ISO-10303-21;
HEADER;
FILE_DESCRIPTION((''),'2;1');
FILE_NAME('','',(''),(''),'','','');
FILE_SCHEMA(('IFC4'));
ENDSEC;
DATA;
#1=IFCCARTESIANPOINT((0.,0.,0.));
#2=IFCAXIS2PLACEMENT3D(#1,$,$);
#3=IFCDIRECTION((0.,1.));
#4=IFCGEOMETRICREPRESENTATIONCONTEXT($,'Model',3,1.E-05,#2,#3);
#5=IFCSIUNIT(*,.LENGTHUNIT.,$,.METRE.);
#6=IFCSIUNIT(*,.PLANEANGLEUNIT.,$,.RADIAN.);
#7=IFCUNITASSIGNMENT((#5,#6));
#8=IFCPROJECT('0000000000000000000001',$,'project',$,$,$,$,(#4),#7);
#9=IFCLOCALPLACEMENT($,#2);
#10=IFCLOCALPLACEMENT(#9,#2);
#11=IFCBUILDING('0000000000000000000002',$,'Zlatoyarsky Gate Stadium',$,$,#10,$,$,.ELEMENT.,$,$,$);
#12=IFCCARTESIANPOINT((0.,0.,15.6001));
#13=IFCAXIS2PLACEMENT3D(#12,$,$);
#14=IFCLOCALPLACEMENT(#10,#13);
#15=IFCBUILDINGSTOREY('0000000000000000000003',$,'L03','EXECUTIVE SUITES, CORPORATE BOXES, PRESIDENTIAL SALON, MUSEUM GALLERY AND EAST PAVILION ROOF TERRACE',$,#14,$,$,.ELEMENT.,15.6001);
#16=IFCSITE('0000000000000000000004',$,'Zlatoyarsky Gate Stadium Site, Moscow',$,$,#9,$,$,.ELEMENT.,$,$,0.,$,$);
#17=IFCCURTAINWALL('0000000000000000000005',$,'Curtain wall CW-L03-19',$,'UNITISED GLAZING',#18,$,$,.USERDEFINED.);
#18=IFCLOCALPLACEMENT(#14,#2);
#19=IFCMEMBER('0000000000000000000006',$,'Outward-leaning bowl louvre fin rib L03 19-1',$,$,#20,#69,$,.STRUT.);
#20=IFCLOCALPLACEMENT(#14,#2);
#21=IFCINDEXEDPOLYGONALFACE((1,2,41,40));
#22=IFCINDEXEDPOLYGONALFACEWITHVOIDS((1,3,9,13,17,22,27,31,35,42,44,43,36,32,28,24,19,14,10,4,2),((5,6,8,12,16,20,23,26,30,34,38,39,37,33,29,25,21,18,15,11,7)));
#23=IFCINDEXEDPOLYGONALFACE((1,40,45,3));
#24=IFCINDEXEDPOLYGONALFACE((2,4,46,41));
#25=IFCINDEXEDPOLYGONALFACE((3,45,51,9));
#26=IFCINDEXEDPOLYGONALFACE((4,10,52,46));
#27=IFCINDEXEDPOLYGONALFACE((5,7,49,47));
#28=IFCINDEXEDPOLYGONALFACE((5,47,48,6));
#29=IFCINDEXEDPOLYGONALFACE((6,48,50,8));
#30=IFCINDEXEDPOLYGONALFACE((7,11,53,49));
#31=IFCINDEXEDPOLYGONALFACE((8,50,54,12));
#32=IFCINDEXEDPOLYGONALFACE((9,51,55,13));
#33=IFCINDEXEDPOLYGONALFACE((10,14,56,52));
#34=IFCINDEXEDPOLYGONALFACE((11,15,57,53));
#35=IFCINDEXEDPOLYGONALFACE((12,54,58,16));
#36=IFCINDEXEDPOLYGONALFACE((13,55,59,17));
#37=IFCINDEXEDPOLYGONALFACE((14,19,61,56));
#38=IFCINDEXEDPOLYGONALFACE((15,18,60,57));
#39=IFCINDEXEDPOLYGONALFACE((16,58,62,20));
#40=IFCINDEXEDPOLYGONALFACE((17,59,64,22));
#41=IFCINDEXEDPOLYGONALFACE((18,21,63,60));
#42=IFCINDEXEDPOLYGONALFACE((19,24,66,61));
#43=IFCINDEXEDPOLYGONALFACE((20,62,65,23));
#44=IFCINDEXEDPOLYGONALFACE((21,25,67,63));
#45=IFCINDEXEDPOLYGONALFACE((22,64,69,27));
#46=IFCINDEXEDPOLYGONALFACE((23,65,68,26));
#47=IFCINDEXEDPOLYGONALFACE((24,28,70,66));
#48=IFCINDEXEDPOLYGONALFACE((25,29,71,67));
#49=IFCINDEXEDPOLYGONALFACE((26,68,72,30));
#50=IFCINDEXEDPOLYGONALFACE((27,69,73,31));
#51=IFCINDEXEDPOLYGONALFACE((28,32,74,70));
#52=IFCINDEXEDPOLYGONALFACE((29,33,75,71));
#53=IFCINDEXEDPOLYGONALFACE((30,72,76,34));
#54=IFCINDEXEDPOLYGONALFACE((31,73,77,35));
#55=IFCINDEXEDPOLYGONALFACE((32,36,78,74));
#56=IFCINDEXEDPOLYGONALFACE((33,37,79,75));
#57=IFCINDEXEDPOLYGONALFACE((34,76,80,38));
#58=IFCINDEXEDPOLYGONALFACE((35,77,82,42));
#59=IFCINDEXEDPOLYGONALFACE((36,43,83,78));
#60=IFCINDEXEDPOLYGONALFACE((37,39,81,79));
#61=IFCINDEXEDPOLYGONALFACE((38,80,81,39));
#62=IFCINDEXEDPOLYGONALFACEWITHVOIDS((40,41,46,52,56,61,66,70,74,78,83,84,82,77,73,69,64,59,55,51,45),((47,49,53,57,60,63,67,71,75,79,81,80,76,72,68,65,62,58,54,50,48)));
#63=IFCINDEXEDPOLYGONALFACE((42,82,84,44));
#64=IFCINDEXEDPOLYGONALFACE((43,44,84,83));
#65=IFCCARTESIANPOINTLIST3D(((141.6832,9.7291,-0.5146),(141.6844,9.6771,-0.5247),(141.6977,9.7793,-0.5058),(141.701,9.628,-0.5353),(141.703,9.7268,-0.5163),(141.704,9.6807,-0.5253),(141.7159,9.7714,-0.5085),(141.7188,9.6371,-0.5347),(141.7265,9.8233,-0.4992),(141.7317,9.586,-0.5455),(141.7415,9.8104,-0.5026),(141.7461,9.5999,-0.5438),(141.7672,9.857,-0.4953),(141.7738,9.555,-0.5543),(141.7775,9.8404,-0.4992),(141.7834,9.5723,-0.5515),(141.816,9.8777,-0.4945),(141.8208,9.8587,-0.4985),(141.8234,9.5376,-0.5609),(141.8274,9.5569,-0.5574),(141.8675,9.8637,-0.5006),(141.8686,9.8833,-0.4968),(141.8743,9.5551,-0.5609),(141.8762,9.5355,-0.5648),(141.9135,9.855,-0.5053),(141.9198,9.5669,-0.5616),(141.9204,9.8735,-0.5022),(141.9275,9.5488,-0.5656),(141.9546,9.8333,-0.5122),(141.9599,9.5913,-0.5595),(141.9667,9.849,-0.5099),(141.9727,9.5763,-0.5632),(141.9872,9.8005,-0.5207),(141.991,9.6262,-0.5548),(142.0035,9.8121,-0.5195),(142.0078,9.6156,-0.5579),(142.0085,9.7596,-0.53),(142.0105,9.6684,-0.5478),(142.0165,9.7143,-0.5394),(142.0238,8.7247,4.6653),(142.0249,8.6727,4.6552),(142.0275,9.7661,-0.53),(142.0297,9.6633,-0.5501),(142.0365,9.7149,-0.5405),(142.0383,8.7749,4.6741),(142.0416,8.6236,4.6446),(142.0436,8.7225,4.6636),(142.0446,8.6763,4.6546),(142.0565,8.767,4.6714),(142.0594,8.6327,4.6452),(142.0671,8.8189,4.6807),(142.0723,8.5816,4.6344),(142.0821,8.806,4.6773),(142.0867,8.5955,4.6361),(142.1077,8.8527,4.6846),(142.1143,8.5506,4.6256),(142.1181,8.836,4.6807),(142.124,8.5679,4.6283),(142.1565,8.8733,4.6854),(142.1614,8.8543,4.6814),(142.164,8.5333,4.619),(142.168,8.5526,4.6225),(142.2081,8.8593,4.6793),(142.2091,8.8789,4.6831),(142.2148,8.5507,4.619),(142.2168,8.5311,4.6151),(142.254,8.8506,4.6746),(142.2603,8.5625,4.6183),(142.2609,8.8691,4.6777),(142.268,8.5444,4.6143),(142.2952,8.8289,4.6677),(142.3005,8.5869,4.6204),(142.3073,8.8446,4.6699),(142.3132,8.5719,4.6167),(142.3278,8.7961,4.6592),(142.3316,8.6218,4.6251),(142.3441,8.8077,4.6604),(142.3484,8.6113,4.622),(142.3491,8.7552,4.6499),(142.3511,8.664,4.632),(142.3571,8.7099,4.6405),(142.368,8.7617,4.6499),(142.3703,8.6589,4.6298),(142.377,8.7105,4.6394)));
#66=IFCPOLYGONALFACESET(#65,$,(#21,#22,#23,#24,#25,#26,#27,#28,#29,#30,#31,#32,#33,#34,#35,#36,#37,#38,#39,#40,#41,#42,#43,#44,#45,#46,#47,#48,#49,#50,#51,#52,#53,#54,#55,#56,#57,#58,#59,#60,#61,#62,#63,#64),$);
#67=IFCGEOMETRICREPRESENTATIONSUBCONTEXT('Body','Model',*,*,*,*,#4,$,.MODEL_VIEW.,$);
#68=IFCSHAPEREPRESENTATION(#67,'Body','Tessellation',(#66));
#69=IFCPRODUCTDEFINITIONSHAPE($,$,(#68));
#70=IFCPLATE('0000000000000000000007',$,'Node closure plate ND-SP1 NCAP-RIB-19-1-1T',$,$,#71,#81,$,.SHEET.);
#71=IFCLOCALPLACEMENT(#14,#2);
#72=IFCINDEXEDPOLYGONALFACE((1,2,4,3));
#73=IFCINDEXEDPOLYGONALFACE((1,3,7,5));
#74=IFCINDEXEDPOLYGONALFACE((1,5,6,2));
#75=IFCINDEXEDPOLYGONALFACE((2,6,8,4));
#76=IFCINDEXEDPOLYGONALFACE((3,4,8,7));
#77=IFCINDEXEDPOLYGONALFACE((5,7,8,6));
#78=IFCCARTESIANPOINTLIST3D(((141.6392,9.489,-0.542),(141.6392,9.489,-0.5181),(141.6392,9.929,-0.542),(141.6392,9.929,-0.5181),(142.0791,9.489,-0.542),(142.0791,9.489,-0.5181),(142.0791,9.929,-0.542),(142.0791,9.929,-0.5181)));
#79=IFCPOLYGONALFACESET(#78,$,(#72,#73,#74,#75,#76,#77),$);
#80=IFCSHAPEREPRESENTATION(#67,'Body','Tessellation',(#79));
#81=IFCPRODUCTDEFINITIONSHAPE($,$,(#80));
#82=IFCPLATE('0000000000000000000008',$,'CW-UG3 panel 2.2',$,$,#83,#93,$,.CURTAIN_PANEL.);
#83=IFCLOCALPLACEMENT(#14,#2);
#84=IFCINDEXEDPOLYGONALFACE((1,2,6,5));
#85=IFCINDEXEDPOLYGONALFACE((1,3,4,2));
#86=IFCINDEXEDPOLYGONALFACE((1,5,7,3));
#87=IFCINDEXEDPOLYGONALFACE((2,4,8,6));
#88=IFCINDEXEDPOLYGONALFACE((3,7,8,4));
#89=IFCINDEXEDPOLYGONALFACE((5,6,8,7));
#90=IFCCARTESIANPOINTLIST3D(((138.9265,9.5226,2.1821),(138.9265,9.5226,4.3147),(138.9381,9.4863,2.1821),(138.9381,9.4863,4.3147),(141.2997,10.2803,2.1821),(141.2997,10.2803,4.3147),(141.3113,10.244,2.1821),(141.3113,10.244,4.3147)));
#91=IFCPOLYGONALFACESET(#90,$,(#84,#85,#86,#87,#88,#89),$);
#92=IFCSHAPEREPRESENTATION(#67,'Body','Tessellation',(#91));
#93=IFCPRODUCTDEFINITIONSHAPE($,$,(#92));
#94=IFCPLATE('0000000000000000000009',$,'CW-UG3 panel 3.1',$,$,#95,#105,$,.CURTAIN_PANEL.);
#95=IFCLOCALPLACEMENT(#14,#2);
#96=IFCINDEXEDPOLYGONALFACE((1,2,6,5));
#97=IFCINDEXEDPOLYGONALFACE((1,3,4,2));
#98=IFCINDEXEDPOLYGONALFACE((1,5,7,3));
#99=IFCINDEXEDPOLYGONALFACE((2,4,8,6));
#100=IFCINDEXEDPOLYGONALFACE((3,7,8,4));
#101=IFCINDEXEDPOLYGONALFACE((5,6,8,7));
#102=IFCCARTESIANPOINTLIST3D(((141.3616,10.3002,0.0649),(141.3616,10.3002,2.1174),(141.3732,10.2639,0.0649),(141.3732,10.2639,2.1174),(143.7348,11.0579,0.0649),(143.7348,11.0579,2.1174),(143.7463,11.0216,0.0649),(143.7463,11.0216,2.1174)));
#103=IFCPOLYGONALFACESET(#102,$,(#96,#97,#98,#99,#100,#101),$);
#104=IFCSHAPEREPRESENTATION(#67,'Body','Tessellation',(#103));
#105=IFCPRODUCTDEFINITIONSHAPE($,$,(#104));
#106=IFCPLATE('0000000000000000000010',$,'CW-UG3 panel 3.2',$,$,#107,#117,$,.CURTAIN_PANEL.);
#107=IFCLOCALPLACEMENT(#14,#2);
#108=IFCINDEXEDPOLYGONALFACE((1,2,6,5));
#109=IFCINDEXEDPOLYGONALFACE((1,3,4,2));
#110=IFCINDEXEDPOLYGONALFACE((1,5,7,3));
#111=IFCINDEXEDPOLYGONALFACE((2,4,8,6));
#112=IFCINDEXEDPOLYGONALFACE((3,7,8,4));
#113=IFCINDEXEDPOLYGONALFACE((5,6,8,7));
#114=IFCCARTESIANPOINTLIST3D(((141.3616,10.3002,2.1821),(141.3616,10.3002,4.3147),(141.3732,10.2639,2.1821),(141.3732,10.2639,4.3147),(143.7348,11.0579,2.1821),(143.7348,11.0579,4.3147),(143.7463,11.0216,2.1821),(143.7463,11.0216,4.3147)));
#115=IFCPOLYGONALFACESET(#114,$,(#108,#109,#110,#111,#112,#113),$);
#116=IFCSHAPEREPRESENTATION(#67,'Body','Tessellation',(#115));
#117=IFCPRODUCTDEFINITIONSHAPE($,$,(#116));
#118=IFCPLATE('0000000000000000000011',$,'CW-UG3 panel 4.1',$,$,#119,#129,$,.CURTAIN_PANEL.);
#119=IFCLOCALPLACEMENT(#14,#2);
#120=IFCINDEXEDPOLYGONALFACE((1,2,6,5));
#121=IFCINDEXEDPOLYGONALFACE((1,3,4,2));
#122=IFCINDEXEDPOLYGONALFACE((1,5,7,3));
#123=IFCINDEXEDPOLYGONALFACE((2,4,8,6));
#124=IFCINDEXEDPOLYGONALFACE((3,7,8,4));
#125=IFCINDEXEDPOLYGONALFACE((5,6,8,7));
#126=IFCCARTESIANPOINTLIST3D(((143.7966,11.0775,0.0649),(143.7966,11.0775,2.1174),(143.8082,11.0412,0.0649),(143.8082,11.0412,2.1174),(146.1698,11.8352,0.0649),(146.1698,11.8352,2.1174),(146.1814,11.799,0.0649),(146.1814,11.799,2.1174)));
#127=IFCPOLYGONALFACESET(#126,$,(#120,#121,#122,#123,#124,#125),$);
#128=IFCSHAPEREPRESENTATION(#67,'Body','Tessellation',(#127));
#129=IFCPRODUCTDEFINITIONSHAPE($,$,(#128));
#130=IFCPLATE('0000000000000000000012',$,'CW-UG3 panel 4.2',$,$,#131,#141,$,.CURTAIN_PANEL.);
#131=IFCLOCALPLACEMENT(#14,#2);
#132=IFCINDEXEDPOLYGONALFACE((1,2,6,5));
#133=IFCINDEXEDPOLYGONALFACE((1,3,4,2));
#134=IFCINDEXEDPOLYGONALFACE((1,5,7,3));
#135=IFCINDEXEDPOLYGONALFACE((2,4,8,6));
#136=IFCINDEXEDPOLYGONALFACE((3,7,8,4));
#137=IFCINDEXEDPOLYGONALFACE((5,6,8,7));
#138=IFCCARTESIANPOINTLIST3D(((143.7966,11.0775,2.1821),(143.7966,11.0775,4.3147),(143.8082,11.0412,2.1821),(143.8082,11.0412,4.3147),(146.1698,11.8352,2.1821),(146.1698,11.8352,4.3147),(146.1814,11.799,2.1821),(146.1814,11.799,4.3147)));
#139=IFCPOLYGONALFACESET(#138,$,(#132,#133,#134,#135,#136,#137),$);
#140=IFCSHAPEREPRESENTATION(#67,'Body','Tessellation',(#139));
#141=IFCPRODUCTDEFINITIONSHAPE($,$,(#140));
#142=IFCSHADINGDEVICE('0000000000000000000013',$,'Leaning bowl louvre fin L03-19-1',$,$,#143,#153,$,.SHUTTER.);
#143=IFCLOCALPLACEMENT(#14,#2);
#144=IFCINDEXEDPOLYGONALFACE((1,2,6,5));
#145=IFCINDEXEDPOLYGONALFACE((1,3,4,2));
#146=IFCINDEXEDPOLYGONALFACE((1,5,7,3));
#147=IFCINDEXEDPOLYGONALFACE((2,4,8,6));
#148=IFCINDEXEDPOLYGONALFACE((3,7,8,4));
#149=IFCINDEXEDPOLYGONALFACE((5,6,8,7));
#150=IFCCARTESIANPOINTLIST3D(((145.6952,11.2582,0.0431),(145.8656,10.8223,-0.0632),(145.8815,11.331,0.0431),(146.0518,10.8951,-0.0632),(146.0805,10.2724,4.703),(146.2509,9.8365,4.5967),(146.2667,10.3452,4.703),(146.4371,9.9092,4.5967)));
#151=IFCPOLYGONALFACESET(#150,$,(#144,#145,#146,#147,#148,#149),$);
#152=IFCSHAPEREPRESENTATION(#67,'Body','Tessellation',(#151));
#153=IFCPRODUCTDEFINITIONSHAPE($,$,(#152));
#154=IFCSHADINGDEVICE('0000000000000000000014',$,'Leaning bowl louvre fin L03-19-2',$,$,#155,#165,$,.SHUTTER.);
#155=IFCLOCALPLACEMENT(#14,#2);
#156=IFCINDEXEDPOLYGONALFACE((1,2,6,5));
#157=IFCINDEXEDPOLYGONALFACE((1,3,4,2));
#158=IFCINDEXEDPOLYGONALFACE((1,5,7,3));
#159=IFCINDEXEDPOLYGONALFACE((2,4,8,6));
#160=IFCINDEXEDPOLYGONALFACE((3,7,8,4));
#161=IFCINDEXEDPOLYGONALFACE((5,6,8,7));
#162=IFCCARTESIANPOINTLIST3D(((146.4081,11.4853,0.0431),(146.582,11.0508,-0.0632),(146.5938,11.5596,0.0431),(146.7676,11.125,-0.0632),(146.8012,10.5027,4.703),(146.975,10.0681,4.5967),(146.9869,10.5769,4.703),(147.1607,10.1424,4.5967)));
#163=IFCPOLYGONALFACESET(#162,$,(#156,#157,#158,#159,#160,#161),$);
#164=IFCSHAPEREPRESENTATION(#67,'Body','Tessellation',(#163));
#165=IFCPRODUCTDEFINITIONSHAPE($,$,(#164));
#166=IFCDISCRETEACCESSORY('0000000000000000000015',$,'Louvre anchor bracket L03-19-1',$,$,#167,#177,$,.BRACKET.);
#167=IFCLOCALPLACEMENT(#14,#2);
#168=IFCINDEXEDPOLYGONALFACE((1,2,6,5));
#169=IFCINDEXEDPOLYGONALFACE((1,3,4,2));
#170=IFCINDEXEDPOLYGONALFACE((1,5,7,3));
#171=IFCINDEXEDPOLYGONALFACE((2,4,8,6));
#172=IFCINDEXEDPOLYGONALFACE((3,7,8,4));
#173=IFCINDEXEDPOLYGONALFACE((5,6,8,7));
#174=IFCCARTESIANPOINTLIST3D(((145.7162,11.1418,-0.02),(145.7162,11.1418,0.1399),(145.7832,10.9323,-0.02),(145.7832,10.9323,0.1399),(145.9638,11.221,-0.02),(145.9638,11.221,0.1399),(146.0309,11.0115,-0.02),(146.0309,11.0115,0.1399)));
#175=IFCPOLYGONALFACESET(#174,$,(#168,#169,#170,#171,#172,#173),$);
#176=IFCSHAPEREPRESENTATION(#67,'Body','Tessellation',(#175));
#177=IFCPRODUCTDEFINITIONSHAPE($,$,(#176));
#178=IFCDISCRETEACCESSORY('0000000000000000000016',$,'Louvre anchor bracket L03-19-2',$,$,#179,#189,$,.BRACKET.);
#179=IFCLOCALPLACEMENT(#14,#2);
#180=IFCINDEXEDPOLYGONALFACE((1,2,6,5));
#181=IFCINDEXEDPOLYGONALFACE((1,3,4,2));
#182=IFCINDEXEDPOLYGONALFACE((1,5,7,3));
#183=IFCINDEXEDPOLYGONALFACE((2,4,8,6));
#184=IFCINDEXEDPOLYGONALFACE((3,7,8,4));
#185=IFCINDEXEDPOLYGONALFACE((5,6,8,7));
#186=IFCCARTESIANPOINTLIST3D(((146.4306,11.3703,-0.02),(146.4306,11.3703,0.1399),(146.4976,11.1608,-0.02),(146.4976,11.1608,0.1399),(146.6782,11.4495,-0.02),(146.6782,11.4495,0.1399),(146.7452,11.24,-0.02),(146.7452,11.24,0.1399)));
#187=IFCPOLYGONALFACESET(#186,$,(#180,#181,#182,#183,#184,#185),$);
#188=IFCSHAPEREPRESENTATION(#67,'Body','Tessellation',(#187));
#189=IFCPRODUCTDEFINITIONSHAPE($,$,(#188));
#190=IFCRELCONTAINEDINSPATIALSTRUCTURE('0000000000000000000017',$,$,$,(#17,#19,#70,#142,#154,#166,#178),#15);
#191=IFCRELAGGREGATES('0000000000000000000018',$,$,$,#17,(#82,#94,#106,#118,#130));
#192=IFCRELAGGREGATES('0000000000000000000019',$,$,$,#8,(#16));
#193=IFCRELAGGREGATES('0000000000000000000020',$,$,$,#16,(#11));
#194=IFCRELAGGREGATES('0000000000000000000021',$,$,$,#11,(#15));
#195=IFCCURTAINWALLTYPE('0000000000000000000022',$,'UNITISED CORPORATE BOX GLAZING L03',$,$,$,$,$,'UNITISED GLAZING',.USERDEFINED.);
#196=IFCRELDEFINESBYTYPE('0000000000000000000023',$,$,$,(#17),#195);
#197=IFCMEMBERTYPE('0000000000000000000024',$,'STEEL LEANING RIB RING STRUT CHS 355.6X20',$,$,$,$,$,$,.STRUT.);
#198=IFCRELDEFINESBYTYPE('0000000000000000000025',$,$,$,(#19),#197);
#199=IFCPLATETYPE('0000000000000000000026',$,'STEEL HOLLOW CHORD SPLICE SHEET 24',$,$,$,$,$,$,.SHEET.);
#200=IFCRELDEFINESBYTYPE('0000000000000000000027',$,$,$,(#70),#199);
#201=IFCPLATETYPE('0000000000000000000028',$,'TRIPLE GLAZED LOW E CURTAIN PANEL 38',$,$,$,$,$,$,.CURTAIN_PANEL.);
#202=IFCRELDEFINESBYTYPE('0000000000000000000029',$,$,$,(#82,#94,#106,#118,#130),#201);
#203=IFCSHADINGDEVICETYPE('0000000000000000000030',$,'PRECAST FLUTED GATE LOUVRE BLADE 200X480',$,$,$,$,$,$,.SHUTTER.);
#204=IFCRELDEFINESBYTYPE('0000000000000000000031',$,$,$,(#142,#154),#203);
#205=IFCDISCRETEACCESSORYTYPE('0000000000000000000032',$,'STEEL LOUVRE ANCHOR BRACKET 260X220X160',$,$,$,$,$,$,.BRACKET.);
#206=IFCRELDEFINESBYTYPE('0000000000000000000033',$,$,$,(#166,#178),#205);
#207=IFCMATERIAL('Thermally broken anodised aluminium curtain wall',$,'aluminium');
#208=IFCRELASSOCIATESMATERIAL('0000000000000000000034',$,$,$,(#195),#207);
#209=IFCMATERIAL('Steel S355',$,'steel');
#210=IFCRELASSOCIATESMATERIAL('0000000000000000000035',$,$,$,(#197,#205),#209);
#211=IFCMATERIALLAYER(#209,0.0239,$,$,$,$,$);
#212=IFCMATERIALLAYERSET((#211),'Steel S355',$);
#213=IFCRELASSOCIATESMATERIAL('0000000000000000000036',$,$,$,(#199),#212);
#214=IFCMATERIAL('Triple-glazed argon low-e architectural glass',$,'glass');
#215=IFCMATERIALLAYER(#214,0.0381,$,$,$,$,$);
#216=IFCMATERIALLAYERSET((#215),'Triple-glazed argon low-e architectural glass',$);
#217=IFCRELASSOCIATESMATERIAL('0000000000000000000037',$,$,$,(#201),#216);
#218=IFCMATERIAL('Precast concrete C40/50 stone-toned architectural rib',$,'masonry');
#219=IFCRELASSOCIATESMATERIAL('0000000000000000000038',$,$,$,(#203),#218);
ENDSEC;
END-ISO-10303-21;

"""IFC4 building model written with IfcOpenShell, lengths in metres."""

from ifc_helpers import new_model, si_unit, direction, frame, origin, origin_2d, place, context, subcontext, project, spatial, rectangle, hollow_circle, extrude, material, layer, layer_set, material_profile, profile_set, type_object, element, aggregate, save


model = new_model("IFC4")

# Units and contexts
model_context = context("Model", 3, precision=1e-05, world=origin(), true_north=direction((0.0, 1.0)))
body_context = subcontext(model_context, "Body", "Model", "MODEL_VIEW")
ifc_project = project(units=[si_unit("LENGTHUNIT", "METRE"), si_unit("PLANEANGLEUNIT", "RADIAN")], contexts=[model_context])

# Site, building, storey
site_placement = place(None, origin())
site = spatial("IfcSite", under=ifc_project, at=site_placement, Name="Zlatoyarsky Gate Stadium Site, Moscow", CompositionType="ELEMENT", RefElevation=0.0)
building_placement = place(site_placement, origin())
building = spatial("IfcBuilding", under=site, at=building_placement, Name="Zlatoyarsky Gate Stadium", CompositionType="ELEMENT")
storey_placement = place(building_placement, frame((0.0, 0.0, 15.6001)))
storey = spatial("IfcBuildingStorey", under=building, at=storey_placement, Name="L03", Description="EXECUTIVE SUITES, CORPORATE BOXES, PRESIDENTIAL SALON, MUSEUM GALLERY AND EAST PAVILION ROOF TERRACE", CompositionType="ELEMENT", Elevation=15.6001)

# Curtain wall
ifc_material_1 = material(Name="Thermally broken anodised aluminium curtain wall", Category="aluminium")
curtain_wall_type = type_object("IfcCurtainWallType", Name="UNITISED CORPORATE BOX GLAZING L03", ElementType="UNITISED GLAZING", PredefinedType="USERDEFINED", material=ifc_material_1)
curtain_wall_placement = place(storey_placement, origin())
curtain_wall = element("IfcCurtainWall", 1, at=curtain_wall_placement, inside=storey, type_object=curtain_wall_type, Name="Curtain wall CW-L03-19", ObjectType="UNITISED GLAZING", PredefinedType="USERDEFINED")

# Member
ifc_material_2 = material(Name="Steel S355", Category="steel")
ifc_material_profile_1 = material_profile(ifc_material_2, hollow_circle(Radius=0.1777, WallThickness=0.02, at=origin_2d()), Name="CHS 355.6X20")
ifc_profile_set_1 = profile_set([ifc_material_profile_1], Name="Steel S355")
member_type_1 = type_object("IfcMemberType", Name="STEEL LEANING RIB RING STRUT CHS 355.6X20", PredefinedType="STRUT", material=ifc_profile_set_1)
member_1_placement = place(storey_placement, frame((141.8591, 9.709, -0.53), z_axis=(0.064413, -0.18996, 0.979676), x_axis=(0.947036, 0.321127, 0.0)))
element("IfcMember", 2, at=member_1_placement, inside=storey, type_object=member_type_1, Name="Outward-leaning bowl louvre fin rib L03 19-1", PredefinedType="STRUT", context=body_context, shape_type="SweptSolid", body=[
    extrude(hollow_circle(Radius=0.1777, WallThickness=0.02, at=origin_2d()), origin(), (0.0, 0.0, 1.0), 5.2874),
])

# Plates
ifc_layer_1 = layer(ifc_material_2, 0.0239)
ifc_layer_set_1 = layer_set([ifc_layer_1], Name="Steel S355")
plate_type_1 = type_object("IfcPlateType", Name="STEEL HOLLOW CHORD SPLICE SHEET 24", PredefinedType="SHEET", material=ifc_layer_set_1)
plate_1_placement = place(storey_placement, frame((141.8591, 9.709, -0.542), z_axis=(0.0, 0.0, 1.0), x_axis=(1.0, 0.0, 0.0)))
element("IfcPlate", 3, at=plate_1_placement, inside=storey, type_object=plate_type_1, Name="Node closure plate ND-SP1 NCAP-RIB-19-1-1T", PredefinedType="SHEET", context=body_context, shape_type="SweptSolid", body=[
    extrude(rectangle(XDim=0.4399, YDim=0.4399, at=origin_2d()), origin(), (0.0, 0.0, 1.0), 0.0239),
])
ifc_material_3 = material(Name="Triple-glazed argon low-e architectural glass", Category="glass")
ifc_layer_2 = layer(ifc_material_3, 0.0381)
ifc_layer_set_2 = layer_set([ifc_layer_2], Name="Triple-glazed argon low-e architectural glass")
plate_type_2 = type_object("IfcPlateType", Name="TRIPLE GLAZED LOW E CURTAIN PANEL 38", PredefinedType="CURTAIN_PANEL", material=ifc_layer_set_2)
plate_2_placement = place(storey_placement, frame((140.1189, 9.8833, 2.1821), z_axis=(0.0, 0.0, 1.0), x_axis=(0.95262, 0.304162, 0.0)))
plate_2 = element("IfcPlate", 4, at=plate_2_placement, type_object=plate_type_2, Name="CW-UG3 panel 2.2", PredefinedType="CURTAIN_PANEL", context=body_context, shape_type="SweptSolid", body=[
    extrude(rectangle(XDim=2.4912, YDim=0.0381, at=origin_2d()), origin(), (0.0, 0.0, 1.0), 2.1326),
])
plate_3_placement = place(storey_placement, frame((142.554, 10.6609, 0.0649), z_axis=(0.0, 0.0, 1.0), x_axis=(0.95262, 0.304162, 0.0)))
plate_3 = element("IfcPlate", 5, at=plate_3_placement, type_object=plate_type_2, Name="CW-UG3 panel 3.1", PredefinedType="CURTAIN_PANEL", context=body_context, shape_type="SweptSolid", body=[
    extrude(rectangle(XDim=2.4912, YDim=0.0381, at=origin_2d()), origin(), (0.0, 0.0, 1.0), 2.0525),
])
plate_4_placement = place(storey_placement, frame((142.554, 10.6609, 2.1821), z_axis=(0.0, 0.0, 1.0), x_axis=(0.95262, 0.304162, 0.0)))
plate_4 = element("IfcPlate", 6, at=plate_4_placement, type_object=plate_type_2, Name="CW-UG3 panel 3.2", PredefinedType="CURTAIN_PANEL", context=body_context, shape_type="SweptSolid", body=[
    extrude(rectangle(XDim=2.4912, YDim=0.0381, at=origin_2d()), origin(), (0.0, 0.0, 1.0), 2.1326),
])
plate_5_placement = place(storey_placement, frame((144.989, 11.4382, 0.0649), z_axis=(0.0, 0.0, 1.0), x_axis=(0.95262, 0.304162, 0.0)))
plate_5 = element("IfcPlate", 7, at=plate_5_placement, type_object=plate_type_2, Name="CW-UG3 panel 4.1", PredefinedType="CURTAIN_PANEL", context=body_context, shape_type="SweptSolid", body=[
    extrude(rectangle(XDim=2.4912, YDim=0.0381, at=origin_2d()), origin(), (0.0, 0.0, 1.0), 2.0525),
])
plate_6_placement = place(storey_placement, frame((144.989, 11.4382, 2.1821), z_axis=(0.0, 0.0, 1.0), x_axis=(0.95262, 0.304162, 0.0)))
plate_6 = element("IfcPlate", 8, at=plate_6_placement, type_object=plate_type_2, Name="CW-UG3 panel 4.2", PredefinedType="CURTAIN_PANEL", context=body_context, shape_type="SweptSolid", body=[
    extrude(rectangle(XDim=2.4912, YDim=0.0381, at=origin_2d()), origin(), (0.0, 0.0, 1.0), 2.1326),
])
aggregate(curtain_wall, [plate_2, plate_3, plate_4, plate_5, plate_6])

# Shading devices
ifc_material_4 = material(Name="Precast concrete C40/50 stone-toned architectural rib", Category="masonry")
ifc_material_profile_2 = material_profile(ifc_material_4, rectangle(XDim=0.2, YDim=0.48, at=origin_2d()), Name="RIB 200X480")
ifc_profile_set_2 = profile_set([ifc_material_profile_2], Name="Precast concrete C40/50 stone-toned architectural rib")
shading_device_type = type_object("IfcShadingDeviceType", Name="PRECAST FLUTED GATE LOUVRE BLADE 200X480", PredefinedType="SHUTTER", material=ifc_profile_set_2)
for number, where, z_axis, x_axis, name in (
    (9, (145.8735, 11.0767, -0.01), (0.080621, -0.206303, 0.975161), (0.931406, 0.363982, 0.0), "Leaning bowl louvre fin L03-19-1"),
    (10, (146.5879, 11.3052, -0.01), (0.082256, -0.205639, 0.975165), (0.928477, 0.371391, 0.0), "Leaning bowl louvre fin L03-19-2"),
):
    element("IfcShadingDevice", number, at=place(storey_placement, frame(where, z_axis=z_axis, x_axis=x_axis)), inside=storey, type_object=shading_device_type, Name=name, PredefinedType="SHUTTER", context=body_context, shape_type="SweptSolid", body=[
        extrude(rectangle(XDim=0.2, YDim=0.48, at=origin_2d()), origin(), (0.0, 0.0, 1.0), 4.7786),
    ])

# Discrete accessories
discrete_accessory_type = type_object("IfcDiscreteAccessoryType", Name="STEEL LOUVRE ANCHOR BRACKET 260X220X160", PredefinedType="BRACKET", material=ifc_material_2)
for number, where, z_axis, x_axis, name in (
    (11, (145.8735, 11.0767, -0.02), (0.0, 0.0, 1.0), (0.952451, 0.304691, 0.0), "Louvre anchor bracket L03-19-1"),
    (12, (146.5879, 11.3052, -0.02), (0.0, 0.0, 1.0), (0.952451, 0.304691, 0.0), "Louvre anchor bracket L03-19-2"),
):
    element("IfcDiscreteAccessory", number, at=place(storey_placement, frame(where, z_axis=z_axis, x_axis=x_axis)), inside=storey, type_object=discrete_accessory_type, Name=name, PredefinedType="BRACKET", context=body_context, shape_type="SweptSolid", body=[
        extrude(rectangle(XDim=0.26, YDim=0.22, at=origin_2d()), origin(), (0.0, 0.0, 1.0), 0.1599),
    ])

save(model, "model.ifc")
